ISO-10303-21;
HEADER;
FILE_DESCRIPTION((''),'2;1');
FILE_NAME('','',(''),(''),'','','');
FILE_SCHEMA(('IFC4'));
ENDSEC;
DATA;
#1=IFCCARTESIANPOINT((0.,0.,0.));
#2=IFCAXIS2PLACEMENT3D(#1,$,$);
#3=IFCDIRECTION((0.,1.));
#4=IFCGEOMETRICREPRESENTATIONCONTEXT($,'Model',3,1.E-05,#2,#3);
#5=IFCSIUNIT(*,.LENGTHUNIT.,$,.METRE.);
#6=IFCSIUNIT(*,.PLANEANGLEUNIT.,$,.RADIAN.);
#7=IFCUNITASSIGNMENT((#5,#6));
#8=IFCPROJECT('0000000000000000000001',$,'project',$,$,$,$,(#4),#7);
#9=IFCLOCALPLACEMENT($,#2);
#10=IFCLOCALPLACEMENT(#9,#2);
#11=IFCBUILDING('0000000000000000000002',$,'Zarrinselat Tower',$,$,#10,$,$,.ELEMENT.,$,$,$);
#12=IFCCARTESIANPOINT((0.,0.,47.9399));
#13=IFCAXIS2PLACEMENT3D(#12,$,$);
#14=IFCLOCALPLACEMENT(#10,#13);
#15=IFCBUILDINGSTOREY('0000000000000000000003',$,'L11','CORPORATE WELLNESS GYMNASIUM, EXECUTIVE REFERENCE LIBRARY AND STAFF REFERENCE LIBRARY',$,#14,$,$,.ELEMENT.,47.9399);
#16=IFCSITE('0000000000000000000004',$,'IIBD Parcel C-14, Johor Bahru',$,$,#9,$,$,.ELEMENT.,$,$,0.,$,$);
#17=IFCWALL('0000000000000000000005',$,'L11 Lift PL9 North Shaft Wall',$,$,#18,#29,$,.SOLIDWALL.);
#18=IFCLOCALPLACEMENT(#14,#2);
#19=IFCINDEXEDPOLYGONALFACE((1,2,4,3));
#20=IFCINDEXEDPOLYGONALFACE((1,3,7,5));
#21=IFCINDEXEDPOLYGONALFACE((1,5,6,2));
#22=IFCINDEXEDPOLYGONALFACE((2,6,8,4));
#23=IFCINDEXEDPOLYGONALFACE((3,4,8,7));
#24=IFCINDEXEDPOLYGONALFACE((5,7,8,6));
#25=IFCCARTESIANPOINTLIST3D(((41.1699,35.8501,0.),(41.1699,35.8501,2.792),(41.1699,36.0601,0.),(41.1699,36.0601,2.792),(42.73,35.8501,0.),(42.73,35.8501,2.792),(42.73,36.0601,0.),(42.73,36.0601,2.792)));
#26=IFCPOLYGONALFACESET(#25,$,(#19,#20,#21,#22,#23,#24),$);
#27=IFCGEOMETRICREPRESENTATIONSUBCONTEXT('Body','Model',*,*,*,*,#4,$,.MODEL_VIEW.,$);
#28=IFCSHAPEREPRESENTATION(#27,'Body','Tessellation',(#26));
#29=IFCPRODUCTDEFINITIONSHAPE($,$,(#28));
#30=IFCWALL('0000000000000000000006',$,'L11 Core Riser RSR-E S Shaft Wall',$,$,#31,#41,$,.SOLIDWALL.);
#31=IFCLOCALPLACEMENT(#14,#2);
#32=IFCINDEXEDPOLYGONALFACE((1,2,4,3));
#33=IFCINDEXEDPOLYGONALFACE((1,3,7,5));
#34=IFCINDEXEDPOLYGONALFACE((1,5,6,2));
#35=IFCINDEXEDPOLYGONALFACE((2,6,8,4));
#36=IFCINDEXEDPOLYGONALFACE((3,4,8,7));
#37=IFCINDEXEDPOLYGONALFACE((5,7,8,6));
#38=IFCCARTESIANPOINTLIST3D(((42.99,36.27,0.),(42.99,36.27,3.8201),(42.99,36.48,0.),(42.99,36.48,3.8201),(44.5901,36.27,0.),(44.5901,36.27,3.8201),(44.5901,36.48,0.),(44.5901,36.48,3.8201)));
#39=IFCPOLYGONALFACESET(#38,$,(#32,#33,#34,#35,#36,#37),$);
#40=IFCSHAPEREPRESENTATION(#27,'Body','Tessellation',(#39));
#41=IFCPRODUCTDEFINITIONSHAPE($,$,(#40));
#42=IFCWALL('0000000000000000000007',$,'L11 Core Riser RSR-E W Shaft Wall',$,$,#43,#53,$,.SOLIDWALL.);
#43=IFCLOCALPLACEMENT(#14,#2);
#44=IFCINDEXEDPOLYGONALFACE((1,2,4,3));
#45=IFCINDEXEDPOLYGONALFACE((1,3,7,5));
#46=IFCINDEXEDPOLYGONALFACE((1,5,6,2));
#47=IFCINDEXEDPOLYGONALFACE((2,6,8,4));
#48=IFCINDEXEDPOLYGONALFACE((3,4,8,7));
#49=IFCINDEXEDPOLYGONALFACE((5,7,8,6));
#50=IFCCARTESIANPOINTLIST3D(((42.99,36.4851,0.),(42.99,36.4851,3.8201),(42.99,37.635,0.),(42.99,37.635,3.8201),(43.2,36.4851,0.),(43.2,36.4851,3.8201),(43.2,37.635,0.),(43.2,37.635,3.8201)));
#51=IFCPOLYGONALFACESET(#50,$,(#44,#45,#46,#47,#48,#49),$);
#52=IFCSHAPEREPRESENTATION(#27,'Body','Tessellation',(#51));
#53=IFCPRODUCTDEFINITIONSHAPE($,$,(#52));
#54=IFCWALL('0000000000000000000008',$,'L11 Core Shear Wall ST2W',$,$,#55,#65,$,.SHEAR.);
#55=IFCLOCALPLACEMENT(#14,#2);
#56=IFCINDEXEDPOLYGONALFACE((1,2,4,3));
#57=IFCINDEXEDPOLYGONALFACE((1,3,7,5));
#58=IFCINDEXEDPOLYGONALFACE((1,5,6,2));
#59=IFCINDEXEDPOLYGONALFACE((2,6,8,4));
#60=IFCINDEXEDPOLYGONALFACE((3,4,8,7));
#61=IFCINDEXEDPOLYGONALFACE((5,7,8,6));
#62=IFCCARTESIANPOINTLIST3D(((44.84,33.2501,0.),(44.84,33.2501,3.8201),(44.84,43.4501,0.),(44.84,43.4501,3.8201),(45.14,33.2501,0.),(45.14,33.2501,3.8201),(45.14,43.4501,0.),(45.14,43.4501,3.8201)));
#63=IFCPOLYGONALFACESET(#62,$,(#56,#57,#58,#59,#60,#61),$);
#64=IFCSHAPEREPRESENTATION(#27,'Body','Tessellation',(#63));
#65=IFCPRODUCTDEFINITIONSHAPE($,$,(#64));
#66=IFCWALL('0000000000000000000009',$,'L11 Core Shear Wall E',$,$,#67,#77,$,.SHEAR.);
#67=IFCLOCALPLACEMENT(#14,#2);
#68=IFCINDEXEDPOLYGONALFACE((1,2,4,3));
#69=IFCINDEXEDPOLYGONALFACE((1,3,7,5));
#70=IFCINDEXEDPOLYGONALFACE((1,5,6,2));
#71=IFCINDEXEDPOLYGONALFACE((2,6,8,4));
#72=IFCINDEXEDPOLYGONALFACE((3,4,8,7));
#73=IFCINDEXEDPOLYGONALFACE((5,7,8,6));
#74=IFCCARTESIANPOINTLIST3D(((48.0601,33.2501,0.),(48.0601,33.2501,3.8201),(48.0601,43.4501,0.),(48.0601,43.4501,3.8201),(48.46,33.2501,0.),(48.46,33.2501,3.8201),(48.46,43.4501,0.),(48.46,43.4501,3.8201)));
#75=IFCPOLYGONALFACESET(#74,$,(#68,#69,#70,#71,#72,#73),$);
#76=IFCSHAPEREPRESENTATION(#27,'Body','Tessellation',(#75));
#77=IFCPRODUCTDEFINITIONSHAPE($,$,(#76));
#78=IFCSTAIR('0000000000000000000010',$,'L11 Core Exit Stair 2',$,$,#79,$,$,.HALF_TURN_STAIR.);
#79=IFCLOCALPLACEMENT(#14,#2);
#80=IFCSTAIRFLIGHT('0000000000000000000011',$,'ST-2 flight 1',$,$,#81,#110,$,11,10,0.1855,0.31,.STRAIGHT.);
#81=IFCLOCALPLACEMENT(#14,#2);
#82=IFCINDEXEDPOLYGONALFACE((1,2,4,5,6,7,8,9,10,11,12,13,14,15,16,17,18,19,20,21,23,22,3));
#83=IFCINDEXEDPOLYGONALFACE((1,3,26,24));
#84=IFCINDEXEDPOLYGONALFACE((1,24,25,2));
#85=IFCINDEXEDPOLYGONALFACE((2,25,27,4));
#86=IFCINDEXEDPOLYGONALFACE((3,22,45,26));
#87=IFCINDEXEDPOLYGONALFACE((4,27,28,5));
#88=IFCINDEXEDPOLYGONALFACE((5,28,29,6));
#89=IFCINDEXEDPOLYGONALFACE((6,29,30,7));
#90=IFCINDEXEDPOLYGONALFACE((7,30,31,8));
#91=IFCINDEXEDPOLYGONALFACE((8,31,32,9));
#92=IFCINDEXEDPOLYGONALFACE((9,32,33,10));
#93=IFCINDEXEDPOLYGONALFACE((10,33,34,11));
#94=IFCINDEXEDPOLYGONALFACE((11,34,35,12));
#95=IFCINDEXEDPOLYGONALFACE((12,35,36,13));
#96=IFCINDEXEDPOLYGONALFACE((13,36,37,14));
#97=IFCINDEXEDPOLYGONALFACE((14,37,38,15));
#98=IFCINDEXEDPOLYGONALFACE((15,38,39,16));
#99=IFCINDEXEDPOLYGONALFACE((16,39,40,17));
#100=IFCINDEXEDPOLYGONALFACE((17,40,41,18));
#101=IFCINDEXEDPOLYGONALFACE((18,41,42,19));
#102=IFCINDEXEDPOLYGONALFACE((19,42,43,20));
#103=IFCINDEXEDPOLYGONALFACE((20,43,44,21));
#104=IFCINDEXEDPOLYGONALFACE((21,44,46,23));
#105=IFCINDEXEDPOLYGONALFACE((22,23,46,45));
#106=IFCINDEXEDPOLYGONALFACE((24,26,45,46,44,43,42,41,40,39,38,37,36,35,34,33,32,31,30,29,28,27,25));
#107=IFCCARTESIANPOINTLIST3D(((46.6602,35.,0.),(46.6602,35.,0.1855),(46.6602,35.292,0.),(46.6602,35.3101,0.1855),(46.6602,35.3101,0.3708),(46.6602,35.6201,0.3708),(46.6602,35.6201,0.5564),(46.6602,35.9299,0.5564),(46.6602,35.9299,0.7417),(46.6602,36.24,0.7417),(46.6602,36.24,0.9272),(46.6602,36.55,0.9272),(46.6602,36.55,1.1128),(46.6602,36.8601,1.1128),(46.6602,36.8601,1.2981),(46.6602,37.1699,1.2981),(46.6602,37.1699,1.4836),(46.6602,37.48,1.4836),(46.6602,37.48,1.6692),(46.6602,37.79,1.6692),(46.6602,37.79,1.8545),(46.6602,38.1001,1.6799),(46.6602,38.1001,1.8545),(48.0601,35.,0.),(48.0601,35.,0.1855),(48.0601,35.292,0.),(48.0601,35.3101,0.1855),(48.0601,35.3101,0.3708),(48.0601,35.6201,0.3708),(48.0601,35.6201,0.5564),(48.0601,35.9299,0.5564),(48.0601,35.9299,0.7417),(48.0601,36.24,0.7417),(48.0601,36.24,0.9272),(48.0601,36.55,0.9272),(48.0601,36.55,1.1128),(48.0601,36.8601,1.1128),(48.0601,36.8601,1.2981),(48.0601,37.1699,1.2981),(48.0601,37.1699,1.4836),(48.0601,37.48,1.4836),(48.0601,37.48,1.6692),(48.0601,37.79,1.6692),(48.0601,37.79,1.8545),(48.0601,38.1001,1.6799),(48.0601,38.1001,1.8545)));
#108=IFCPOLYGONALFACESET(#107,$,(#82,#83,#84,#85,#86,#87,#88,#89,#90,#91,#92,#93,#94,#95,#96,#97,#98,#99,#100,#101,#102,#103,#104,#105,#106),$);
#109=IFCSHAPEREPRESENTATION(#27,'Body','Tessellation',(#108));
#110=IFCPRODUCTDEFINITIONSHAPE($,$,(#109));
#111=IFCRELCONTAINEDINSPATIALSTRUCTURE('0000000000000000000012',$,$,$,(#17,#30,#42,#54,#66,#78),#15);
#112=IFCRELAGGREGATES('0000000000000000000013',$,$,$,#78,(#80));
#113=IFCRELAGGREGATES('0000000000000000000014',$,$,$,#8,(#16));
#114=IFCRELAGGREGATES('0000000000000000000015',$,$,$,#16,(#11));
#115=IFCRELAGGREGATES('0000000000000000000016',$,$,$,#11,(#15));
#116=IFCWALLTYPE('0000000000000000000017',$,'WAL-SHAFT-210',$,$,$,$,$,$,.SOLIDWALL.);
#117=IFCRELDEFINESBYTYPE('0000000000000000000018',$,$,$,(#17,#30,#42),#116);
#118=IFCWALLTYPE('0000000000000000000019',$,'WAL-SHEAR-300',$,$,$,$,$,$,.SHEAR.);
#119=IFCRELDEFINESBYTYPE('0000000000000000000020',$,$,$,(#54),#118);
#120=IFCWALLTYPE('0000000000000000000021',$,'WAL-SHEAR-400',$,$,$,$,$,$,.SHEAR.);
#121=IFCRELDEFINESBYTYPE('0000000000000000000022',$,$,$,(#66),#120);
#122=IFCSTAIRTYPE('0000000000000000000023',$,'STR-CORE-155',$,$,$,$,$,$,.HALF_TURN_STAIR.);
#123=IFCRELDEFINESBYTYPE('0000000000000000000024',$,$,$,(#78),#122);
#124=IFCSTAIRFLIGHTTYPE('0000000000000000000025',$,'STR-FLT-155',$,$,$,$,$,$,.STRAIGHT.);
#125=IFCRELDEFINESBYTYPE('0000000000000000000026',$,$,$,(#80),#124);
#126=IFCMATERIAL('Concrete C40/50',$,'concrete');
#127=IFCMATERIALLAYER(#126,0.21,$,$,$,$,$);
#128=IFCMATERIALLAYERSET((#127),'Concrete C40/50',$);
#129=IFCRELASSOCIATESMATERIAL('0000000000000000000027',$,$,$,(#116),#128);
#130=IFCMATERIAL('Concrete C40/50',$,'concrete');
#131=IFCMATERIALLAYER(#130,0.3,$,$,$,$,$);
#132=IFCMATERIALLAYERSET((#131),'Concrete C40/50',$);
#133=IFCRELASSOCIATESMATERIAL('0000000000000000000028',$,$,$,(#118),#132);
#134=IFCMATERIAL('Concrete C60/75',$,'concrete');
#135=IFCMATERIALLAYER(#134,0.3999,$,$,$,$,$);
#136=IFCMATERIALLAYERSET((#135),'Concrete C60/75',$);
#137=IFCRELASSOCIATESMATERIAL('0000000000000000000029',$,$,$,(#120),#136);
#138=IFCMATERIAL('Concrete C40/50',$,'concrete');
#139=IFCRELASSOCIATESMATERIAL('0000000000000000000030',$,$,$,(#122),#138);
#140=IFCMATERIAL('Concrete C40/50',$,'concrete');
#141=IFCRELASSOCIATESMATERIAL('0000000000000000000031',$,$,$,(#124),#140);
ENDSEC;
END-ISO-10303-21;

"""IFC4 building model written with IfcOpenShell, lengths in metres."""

from ifc_helpers import new_model, si_unit, direction, frame, frame_2d, origin, place, context, subcontext, project, spatial, polyline, rectangle, outline, extrude, material, layer, layer_set, type_object, element, aggregate, save


model = new_model("IFC4")

# Units and contexts
model_context = context("Model", 3, precision=1e-05, world=origin(), true_north=direction((0.0, 1.0)))
body_context = subcontext(model_context, "Body", "Model", "MODEL_VIEW")
ifc_project = project(units=[si_unit("LENGTHUNIT", "METRE"), si_unit("PLANEANGLEUNIT", "RADIAN")], contexts=[model_context])

# Site, building, storey
site_placement = place(None, origin())
site = spatial("IfcSite", under=ifc_project, at=site_placement, Name="IIBD Parcel C-14, Johor Bahru", CompositionType="ELEMENT", RefElevation=0.0)
building_placement = place(site_placement, origin())
building = spatial("IfcBuilding", under=site, at=building_placement, Name="Zarrinselat Tower", CompositionType="ELEMENT")
storey_placement = place(building_placement, frame((0.0, 0.0, 47.9399)))
storey = spatial("IfcBuildingStorey", under=building, at=storey_placement, Name="L11", Description="CORPORATE WELLNESS GYMNASIUM, EXECUTIVE REFERENCE LIBRARY AND STAFF REFERENCE LIBRARY", CompositionType="ELEMENT", Elevation=47.9399)

# Walls
ifc_material_1 = material(Name="Concrete C40/50", Category="concrete")
ifc_layer_1 = layer(ifc_material_1, 0.21)
ifc_layer_set_1 = layer_set([ifc_layer_1], Name="Concrete C40/50")
wall_type_1 = type_object("IfcWallType", Name="WAL-SHAFT-210", PredefinedType="SOLIDWALL", material=ifc_layer_set_1)
wall_1_placement = place(storey_placement, frame((41.1699, 35.9551, 0.0), z_axis=(0.0, 0.0, 1.0), x_axis=(1.0, 0.0, 0.0)))
element("IfcWall", 1, at=wall_1_placement, inside=storey, type_object=wall_type_1, Name="L11 Lift PL9 North Shaft Wall", PredefinedType="SOLIDWALL", context=body_context, shape_type="SweptSolid", body=[
    extrude(rectangle(XDim=1.5601, YDim=0.21, at=frame_2d((0.78, 0.0))), origin(), (0.0, 0.0, 1.0), 2.792),
])
wall_2_placement = place(storey_placement, frame((42.99, 36.375, 0.0), z_axis=(0.0, 0.0, 1.0), x_axis=(1.0, 0.0, 0.0)))
element("IfcWall", 2, at=wall_2_placement, inside=storey, type_object=wall_type_1, Name="L11 Core Riser RSR-E S Shaft Wall", PredefinedType="SOLIDWALL", context=body_context, shape_type="SweptSolid", body=[
    extrude(rectangle(XDim=1.6001, YDim=0.21, at=frame_2d((0.8, 0.0))), origin(), (0.0, 0.0, 1.0), 3.8201),
])
wall_3_placement = place(storey_placement, frame((43.095, 36.4851, 0.0), z_axis=(0.0, 0.0, 1.0), x_axis=(0.0, 1.0, 0.0)))
element("IfcWall", 3, at=wall_3_placement, inside=storey, type_object=wall_type_1, Name="L11 Core Riser RSR-E W Shaft Wall", PredefinedType="SOLIDWALL", context=body_context, shape_type="SweptSolid", body=[
    extrude(rectangle(XDim=1.1499, YDim=0.21, at=frame_2d((0.575, 0.0))), origin(), (0.0, 0.0, 1.0), 3.8201),
])
ifc_material_2 = material(Name="Concrete C40/50", Category="concrete")
ifc_layer_2 = layer(ifc_material_2, 0.3)
ifc_layer_set_2 = layer_set([ifc_layer_2], Name="Concrete C40/50")
wall_type_2 = type_object("IfcWallType", Name="WAL-SHEAR-300", PredefinedType="SHEAR", material=ifc_layer_set_2)
wall_4_placement = place(storey_placement, frame((44.99, 33.25, 0.0), z_axis=(0.0, 0.0, 1.0), x_axis=(0.0, 1.0, 0.0)))
element("IfcWall", 4, at=wall_4_placement, inside=storey, type_object=wall_type_2, Name="L11 Core Shear Wall ST2W", PredefinedType="SHEAR", context=body_context, shape_type="SweptSolid", body=[
    extrude(rectangle(XDim=10.2, YDim=0.3, at=frame_2d((5.1001, 0.0))), origin(), (0.0, 0.0, 1.0), 3.8201),
])
ifc_material_3 = material(Name="Concrete C60/75", Category="concrete")
ifc_layer_3 = layer(ifc_material_3, 0.3999)
ifc_layer_set_3 = layer_set([ifc_layer_3], Name="Concrete C60/75")
wall_type_3 = type_object("IfcWallType", Name="WAL-SHEAR-400", PredefinedType="SHEAR", material=ifc_layer_set_3)
wall_5_placement = place(storey_placement, frame((48.26, 33.25, 0.0), z_axis=(0.0, 0.0, 1.0), x_axis=(0.0, 1.0, 0.0)))
element("IfcWall", 5, at=wall_5_placement, inside=storey, type_object=wall_type_3, Name="L11 Core Shear Wall E", PredefinedType="SHEAR", context=body_context, shape_type="SweptSolid", body=[
    extrude(rectangle(XDim=10.2, YDim=0.3999, at=frame_2d((5.1001, 0.0))), origin(), (0.0, 0.0, 1.0), 3.8201),
])

# Stair, stair flight
ifc_material_4 = material(Name="Concrete C40/50", Category="concrete")
stair_type = type_object("IfcStairType", Name="STR-CORE-155", PredefinedType="HALF_TURN_STAIR", material=ifc_material_4)
stair_placement = place(storey_placement, origin())
stair = element("IfcStair", 6, at=stair_placement, inside=storey, type_object=stair_type, Name="L11 Core Exit Stair 2", PredefinedType="HALF_TURN_STAIR")
ifc_material_5 = material(Name="Concrete C40/50", Category="concrete")
stair_flight_type = type_object("IfcStairFlightType", Name="STR-FLT-155", PredefinedType="STRAIGHT", material=ifc_material_5)
stair_flight_placement = place(storey_placement, frame((47.3601, 35.0, 0.0), z_axis=(0.0, 0.0, 1.0), x_axis=(0.0, 1.0, 0.0)))
stair_flight = element("IfcStairFlight", 7, at=stair_flight_placement, type_object=stair_flight_type, Name="ST-2 flight 1", NumberOfRisers=11, NumberOfTreads=10, PredefinedType="STRAIGHT", RiserHeight=0.1855, TreadLength=0.31, context=body_context, shape_type="SweptSolid", body=[
    extrude(outline(polyline([(0.0, 0.0), (0.0, 0.1855), (0.3101, 0.1855), (0.3101, 0.3708), (0.6201, 0.3708), (0.6201, 0.5564), (0.9299, 0.5564), (0.9299, 0.7417), (1.24, 0.7417), (1.24, 0.9272), (1.55, 0.9272), (1.55, 1.1128), (1.8601, 1.1128), (1.8601, 1.2981), (2.1699, 1.2981), (2.1699, 1.4836), (2.48, 1.4836), (2.48, 1.6692), (2.79, 1.6692), (2.79, 1.8545), (3.1001, 1.8545), (3.1001, 2.04), (3.1001, 1.6799), (0.292, 0.0), (0.0, 0.0)])), frame((0.0, 0.7, 0.0), z_axis=(0.0, -1.0, 0.0), x_axis=(1.0, 0.0, 0.0)), (0.0, 0.0, 1.0), 1.3999),
])
aggregate(stair, [stair_flight])

save(model, "model.ifc")
